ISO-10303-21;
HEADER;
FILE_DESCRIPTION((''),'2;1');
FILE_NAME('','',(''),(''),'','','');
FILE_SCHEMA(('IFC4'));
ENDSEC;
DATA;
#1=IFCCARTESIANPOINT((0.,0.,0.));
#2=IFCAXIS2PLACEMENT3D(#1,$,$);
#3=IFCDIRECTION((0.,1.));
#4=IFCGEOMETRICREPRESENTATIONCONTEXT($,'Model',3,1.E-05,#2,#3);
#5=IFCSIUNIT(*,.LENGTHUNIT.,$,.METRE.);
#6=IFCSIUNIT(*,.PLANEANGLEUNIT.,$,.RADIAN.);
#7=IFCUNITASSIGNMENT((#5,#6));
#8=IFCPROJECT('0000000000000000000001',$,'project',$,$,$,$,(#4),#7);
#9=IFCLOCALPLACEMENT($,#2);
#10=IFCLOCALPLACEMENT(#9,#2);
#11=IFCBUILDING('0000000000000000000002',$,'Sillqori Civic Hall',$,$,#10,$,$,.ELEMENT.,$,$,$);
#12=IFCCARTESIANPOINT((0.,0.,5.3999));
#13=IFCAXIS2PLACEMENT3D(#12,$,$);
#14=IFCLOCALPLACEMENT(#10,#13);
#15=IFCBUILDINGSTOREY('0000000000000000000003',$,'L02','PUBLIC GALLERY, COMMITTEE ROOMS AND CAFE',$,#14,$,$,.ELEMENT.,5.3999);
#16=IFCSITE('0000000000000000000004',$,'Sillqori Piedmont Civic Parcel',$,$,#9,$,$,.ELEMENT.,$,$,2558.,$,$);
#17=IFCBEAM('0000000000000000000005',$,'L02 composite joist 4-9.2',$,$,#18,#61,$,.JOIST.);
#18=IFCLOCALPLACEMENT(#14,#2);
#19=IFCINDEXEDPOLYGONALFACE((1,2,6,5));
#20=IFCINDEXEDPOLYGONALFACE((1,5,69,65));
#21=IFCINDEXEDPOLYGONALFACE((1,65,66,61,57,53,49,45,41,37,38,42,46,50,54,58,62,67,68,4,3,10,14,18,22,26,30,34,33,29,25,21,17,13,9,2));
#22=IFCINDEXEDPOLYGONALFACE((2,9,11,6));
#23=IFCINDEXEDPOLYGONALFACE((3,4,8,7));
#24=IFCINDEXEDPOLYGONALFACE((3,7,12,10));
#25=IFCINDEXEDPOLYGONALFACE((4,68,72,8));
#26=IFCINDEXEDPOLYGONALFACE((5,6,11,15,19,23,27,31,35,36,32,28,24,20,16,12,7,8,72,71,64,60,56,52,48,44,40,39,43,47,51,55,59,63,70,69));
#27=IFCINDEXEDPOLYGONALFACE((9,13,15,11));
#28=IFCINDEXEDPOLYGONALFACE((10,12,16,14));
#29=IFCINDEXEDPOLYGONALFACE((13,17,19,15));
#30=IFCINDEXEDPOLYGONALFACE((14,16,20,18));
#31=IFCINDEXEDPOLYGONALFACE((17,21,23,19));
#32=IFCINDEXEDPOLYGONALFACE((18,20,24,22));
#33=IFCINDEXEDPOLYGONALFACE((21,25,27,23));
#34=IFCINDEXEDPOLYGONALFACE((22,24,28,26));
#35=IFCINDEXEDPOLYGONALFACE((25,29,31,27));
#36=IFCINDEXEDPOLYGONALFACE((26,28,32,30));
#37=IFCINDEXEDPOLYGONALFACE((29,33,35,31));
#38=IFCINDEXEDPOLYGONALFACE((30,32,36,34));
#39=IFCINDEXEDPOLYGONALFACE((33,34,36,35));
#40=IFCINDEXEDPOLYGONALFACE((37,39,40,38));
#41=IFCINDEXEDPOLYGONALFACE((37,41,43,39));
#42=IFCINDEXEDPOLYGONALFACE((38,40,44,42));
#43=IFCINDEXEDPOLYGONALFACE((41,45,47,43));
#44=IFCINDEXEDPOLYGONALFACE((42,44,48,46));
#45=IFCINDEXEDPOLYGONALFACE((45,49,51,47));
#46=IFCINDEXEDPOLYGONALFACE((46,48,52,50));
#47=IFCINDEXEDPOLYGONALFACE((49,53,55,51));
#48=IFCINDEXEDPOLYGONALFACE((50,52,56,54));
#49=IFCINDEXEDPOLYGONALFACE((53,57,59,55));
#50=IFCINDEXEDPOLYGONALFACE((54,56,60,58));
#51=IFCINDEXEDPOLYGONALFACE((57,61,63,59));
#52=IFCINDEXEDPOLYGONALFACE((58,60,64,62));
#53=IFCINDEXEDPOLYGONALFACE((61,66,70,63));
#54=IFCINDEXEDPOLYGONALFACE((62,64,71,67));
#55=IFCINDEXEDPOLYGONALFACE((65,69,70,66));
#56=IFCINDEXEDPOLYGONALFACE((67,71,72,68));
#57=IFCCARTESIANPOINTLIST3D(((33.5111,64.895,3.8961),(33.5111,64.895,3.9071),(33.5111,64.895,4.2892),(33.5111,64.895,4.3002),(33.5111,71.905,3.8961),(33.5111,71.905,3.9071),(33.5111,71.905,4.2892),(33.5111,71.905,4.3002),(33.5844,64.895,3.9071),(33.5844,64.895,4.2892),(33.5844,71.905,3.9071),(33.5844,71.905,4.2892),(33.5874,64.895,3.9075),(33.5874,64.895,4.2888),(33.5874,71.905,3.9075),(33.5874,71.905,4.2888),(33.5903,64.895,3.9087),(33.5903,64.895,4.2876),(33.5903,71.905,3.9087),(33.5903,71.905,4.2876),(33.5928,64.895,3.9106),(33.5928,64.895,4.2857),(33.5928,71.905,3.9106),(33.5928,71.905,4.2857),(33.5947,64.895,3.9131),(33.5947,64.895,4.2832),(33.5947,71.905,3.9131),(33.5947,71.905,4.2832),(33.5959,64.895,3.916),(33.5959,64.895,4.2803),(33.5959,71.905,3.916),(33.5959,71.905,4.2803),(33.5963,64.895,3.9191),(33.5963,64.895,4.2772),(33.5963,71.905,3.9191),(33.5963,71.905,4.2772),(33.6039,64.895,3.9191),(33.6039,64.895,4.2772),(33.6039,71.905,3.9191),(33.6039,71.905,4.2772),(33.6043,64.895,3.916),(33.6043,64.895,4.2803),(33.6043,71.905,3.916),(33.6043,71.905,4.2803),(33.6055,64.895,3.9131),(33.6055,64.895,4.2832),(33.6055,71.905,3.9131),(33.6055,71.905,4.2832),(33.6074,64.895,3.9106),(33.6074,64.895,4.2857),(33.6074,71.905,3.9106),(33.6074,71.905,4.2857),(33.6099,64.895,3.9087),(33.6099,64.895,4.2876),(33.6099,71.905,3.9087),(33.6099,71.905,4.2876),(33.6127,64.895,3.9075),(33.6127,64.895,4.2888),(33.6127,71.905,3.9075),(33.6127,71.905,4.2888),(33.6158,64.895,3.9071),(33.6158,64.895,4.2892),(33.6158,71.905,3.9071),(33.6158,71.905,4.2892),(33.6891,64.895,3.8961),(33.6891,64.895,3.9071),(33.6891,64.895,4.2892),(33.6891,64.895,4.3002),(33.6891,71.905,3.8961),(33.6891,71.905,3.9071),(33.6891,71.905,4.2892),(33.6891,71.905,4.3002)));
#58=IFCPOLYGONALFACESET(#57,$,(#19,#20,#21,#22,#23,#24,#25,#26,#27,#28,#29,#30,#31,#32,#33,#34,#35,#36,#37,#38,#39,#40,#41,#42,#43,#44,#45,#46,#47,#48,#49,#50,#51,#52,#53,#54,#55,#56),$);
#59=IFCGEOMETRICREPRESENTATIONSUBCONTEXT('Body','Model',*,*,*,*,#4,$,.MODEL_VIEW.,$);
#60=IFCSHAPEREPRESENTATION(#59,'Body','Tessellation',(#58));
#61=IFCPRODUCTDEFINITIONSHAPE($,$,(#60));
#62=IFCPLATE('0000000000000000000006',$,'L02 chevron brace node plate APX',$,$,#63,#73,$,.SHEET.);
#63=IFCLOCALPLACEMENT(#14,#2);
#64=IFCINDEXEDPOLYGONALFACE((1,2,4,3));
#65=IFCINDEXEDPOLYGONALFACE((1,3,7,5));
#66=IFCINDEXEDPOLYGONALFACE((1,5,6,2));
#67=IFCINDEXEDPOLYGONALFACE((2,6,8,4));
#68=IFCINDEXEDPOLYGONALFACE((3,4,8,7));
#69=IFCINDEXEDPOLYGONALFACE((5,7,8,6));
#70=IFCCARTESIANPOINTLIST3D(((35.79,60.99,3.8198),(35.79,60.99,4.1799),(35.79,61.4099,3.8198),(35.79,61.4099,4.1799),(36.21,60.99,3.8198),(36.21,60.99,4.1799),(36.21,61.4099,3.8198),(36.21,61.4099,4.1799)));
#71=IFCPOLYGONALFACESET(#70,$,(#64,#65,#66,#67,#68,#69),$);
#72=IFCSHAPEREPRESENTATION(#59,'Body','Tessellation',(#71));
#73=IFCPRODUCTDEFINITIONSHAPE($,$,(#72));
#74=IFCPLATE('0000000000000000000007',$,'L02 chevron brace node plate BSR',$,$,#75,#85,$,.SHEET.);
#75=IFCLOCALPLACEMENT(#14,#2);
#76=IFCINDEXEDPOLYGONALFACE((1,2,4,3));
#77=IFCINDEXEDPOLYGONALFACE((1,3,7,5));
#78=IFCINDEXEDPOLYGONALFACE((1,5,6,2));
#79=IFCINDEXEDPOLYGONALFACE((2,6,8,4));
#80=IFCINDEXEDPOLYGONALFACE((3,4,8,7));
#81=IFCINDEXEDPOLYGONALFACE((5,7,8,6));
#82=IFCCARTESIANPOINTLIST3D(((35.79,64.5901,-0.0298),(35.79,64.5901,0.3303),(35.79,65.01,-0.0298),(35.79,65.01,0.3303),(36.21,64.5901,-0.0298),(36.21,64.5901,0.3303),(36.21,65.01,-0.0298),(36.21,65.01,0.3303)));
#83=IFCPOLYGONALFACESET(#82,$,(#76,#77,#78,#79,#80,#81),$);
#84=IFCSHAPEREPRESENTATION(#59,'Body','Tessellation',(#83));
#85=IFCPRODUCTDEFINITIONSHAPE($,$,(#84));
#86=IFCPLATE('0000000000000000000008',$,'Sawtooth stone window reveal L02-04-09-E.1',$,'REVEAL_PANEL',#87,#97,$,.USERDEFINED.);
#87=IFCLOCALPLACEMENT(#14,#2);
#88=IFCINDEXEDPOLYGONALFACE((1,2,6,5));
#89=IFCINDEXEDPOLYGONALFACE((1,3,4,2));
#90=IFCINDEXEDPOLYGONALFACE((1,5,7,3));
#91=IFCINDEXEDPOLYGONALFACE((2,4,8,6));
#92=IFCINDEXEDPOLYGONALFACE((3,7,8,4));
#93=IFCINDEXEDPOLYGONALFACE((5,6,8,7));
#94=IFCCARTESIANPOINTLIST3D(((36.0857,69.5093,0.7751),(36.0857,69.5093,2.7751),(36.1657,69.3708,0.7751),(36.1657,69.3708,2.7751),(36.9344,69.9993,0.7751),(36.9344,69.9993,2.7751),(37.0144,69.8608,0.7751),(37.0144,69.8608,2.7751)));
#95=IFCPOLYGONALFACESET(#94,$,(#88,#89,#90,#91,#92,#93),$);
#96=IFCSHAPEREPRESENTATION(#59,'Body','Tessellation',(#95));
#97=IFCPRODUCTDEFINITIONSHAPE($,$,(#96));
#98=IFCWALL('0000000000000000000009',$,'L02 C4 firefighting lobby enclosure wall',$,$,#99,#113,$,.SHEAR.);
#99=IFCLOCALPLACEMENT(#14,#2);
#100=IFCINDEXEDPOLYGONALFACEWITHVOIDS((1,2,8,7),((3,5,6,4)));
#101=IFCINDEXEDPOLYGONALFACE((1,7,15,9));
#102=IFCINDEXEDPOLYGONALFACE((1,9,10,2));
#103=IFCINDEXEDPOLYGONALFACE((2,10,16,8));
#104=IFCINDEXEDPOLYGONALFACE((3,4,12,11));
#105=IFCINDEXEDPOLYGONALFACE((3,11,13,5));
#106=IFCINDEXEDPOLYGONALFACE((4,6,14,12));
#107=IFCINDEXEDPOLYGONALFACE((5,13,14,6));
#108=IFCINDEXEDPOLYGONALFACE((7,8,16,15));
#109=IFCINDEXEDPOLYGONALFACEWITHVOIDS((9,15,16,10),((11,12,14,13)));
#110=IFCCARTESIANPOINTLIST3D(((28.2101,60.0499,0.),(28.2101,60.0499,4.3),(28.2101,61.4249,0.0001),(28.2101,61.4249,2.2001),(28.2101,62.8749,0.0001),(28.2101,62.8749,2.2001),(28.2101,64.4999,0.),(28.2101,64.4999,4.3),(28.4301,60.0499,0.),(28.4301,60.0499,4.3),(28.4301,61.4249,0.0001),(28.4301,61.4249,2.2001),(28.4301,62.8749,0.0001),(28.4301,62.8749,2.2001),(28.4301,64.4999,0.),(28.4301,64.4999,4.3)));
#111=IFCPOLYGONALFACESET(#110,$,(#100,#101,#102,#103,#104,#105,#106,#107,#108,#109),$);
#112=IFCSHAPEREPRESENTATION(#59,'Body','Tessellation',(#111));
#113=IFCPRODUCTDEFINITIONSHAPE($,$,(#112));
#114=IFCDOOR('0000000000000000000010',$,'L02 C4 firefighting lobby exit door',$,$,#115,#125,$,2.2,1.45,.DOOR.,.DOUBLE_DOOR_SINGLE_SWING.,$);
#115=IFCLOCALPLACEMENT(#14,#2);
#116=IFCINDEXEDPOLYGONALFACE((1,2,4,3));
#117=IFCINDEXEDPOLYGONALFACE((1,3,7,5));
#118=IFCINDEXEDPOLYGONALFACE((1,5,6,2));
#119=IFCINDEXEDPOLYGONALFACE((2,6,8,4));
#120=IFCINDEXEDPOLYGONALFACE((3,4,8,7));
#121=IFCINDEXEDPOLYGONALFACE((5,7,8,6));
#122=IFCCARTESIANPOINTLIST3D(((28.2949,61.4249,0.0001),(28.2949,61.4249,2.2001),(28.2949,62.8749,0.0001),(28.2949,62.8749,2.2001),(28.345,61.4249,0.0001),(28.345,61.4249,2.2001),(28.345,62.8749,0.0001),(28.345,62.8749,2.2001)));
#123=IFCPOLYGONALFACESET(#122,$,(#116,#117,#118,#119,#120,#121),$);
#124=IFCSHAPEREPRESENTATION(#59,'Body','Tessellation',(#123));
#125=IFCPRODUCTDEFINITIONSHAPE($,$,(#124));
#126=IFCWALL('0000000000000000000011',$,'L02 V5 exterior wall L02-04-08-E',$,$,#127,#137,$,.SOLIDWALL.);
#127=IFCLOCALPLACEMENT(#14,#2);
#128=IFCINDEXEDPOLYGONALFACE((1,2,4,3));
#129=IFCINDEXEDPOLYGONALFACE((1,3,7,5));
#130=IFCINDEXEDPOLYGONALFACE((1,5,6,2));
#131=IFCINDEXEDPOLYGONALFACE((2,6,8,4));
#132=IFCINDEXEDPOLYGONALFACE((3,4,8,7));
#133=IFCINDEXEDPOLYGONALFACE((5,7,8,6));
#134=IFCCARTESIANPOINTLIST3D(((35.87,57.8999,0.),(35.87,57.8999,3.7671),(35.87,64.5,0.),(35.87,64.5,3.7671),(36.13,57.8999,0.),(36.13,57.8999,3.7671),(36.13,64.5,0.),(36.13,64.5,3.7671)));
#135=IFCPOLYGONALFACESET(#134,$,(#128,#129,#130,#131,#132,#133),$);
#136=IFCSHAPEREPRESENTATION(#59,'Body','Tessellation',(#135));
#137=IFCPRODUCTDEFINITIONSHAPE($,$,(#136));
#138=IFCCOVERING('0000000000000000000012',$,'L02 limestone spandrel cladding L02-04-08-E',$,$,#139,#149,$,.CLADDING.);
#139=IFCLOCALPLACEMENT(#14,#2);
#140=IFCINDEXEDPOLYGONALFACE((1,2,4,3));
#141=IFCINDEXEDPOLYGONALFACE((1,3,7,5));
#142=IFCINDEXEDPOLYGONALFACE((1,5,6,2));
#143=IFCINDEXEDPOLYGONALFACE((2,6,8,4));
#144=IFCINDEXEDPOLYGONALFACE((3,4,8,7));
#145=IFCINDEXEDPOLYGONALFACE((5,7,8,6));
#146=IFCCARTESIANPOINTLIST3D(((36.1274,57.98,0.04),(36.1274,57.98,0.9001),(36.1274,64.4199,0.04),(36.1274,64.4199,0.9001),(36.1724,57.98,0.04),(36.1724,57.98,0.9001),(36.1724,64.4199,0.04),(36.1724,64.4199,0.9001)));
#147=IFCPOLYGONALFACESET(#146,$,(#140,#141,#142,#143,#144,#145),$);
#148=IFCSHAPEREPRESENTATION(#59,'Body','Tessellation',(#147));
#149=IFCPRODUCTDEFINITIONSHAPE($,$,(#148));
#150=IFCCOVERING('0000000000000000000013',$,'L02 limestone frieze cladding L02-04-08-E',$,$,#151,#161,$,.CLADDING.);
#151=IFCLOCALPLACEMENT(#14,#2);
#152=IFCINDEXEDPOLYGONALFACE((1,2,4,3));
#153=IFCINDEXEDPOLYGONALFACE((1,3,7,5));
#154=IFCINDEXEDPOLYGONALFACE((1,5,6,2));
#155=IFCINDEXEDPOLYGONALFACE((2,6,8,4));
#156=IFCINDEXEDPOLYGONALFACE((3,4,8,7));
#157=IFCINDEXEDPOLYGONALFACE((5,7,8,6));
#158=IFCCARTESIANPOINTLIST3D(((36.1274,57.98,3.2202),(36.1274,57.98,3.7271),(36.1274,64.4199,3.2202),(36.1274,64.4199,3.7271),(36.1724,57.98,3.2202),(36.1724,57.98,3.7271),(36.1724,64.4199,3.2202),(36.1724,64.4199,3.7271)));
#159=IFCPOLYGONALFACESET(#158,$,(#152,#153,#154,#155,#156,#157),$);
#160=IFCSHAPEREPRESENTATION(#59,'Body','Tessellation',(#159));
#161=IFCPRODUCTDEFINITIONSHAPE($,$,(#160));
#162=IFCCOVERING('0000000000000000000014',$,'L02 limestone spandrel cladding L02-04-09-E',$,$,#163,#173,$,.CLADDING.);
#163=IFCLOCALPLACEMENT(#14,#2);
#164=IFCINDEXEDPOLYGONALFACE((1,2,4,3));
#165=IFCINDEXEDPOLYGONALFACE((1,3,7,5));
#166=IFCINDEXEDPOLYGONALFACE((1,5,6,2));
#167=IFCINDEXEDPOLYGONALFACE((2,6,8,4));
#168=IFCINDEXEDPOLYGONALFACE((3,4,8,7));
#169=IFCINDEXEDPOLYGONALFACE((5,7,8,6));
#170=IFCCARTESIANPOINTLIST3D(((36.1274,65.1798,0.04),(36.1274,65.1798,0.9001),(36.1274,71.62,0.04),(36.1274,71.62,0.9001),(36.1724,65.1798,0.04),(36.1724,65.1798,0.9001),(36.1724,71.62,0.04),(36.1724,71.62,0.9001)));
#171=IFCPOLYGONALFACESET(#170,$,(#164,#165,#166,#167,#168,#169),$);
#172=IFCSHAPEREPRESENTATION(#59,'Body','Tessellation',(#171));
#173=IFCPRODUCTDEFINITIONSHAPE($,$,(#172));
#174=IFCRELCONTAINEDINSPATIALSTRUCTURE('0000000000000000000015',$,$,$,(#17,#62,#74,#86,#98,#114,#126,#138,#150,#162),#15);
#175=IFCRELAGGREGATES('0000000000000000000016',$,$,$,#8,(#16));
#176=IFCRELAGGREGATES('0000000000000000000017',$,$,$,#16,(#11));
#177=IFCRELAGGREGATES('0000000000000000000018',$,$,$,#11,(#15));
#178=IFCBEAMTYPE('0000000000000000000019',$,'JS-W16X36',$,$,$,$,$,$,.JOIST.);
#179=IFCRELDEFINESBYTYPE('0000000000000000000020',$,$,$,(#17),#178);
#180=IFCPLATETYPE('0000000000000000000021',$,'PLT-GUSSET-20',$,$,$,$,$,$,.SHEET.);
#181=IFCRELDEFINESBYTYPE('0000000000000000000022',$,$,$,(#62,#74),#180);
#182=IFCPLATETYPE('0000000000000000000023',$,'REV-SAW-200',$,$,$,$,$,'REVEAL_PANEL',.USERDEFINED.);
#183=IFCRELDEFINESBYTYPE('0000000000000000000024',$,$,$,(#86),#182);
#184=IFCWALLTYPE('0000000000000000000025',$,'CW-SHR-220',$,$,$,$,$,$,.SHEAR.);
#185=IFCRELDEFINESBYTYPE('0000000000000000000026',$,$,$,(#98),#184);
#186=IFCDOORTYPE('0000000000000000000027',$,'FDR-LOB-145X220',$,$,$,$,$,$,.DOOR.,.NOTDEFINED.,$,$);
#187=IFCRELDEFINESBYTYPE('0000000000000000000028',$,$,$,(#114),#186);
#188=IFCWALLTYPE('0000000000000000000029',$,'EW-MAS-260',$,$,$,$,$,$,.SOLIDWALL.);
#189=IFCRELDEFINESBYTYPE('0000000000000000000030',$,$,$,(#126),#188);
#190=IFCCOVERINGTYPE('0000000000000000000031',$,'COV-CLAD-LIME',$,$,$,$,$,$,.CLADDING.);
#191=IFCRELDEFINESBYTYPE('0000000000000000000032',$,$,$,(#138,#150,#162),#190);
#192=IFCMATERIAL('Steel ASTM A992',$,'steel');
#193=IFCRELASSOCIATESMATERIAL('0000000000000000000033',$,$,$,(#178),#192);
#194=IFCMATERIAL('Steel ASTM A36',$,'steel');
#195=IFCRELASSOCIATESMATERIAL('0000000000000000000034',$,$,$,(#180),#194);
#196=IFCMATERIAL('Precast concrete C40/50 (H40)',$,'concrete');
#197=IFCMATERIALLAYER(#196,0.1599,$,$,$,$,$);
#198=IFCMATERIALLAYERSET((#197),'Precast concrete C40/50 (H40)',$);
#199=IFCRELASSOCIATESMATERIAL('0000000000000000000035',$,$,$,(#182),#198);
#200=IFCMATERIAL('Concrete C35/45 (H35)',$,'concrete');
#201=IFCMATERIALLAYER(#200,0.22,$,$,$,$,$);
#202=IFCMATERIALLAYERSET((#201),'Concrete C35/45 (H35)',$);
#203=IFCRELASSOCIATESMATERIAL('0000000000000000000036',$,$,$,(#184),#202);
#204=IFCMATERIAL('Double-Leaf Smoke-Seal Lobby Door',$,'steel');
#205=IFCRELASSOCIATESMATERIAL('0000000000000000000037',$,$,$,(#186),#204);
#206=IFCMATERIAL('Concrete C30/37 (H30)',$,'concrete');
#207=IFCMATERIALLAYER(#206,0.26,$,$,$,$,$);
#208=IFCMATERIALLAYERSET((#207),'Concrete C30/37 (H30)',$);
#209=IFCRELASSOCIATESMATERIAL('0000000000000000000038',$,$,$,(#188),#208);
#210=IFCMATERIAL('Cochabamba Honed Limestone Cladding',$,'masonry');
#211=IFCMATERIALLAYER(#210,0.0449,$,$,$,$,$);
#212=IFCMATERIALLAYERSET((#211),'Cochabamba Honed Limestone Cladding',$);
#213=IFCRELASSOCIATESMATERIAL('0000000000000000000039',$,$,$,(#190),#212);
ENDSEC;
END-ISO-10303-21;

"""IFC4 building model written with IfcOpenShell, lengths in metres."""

from ifc_helpers import new_model, si_unit, direction, frame, frame_2d, origin, origin_2d, place, context, subcontext, project, spatial, rectangle, i_section, extrude, material, layer, layer_set, material_profile, profile_set, type_object, element, fill, save


model = new_model("IFC4")

# Units and contexts
model_context = context("Model", 3, precision=1e-05, world=origin(), true_north=direction((0.0, 1.0)))
body_context = subcontext(model_context, "Body", "Model", "MODEL_VIEW")
ifc_project = project(units=[si_unit("LENGTHUNIT", "METRE"), si_unit("PLANEANGLEUNIT", "RADIAN")], contexts=[model_context])

# Site, building, storey
site_placement = place(None, origin())
site = spatial("IfcSite", under=ifc_project, at=site_placement, Name="Sillqori Piedmont Civic Parcel", CompositionType="ELEMENT", RefElevation=2558.0)
building_placement = place(site_placement, origin())
building = spatial("IfcBuilding", under=site, at=building_placement, Name="Sillqori Civic Hall", CompositionType="ELEMENT")
storey_placement = place(building_placement, frame((0.0, 0.0, 5.3999)))
storey = spatial("IfcBuildingStorey", under=building, at=storey_placement, Name="L02", Description="PUBLIC GALLERY, COMMITTEE ROOMS AND CAFE", CompositionType="ELEMENT", Elevation=5.3999)

# Shared definitions
ifc_material_1 = material(Name="Concrete C35/45 (H35)", Category="concrete")
ifc_material_2 = material(Name="Steel ASTM A992", Category="steel")

# Beam
ifc_material_profile_1 = material_profile(ifc_material_2, i_section(OverallWidth=0.178, OverallDepth=0.4041, WebThickness=0.0076, FlangeThickness=0.011, FilletRadius=0.012, at=origin_2d()), Name="W16X36")
ifc_profile_set_1 = profile_set([ifc_material_profile_1], Name="Steel ASTM A992")
beam_type_1 = type_object("IfcBeamType", Name="JS-W16X36", PredefinedType="JOIST", material=ifc_profile_set_1)
for number, where, z_axis, x_axis, name in (
    (1, (33.6001, 64.895, 4.0981), (0.0, 1.0, 0.0), (-1.0, 0.0, 0.0), "L02 composite joist 4-9.2"),
):
    element("IfcBeam", number, at=place(storey_placement, frame(where, z_axis=z_axis, x_axis=x_axis)), inside=storey, type_object=beam_type_1, Name=name, PredefinedType="JOIST", context=body_context, shape_type="SweptSolid", body=[
        extrude(i_section(OverallWidth=0.178, OverallDepth=0.4041, WebThickness=0.0076, FlangeThickness=0.011, FilletRadius=0.012, at=origin_2d()), origin(), (0.0, 0.0, 1.0), 7.01),
    ])

# Plates
ifc_material_3 = material(Name="Steel ASTM A36", Category="steel")
plate_type_1 = type_object("IfcPlateType", Name="PLT-GUSSET-20", PredefinedType="SHEET", material=ifc_material_3)
for number, where, z_axis, x_axis, name in (
    (2, (36.0, 61.2, 3.8198), (0.0, 0.0, 1.0), (1.0, 0.0, 0.0), "L02 chevron brace node plate APX"),
    (3, (36.0, 64.8, -0.0298), (0.0, 0.0, 1.0), (1.0, 0.0, 0.0), "L02 chevron brace node plate BSR"),
):
    element("IfcPlate", number, at=place(storey_placement, frame(where, z_axis=z_axis, x_axis=x_axis)), inside=storey, type_object=plate_type_1, Name=name, PredefinedType="SHEET", context=body_context, shape_type="SweptSolid", body=[
        extrude(rectangle(XDim=0.4199, YDim=0.4199, at=origin_2d()), origin(), (0.0, 0.0, 1.0), 0.3601),
    ])
ifc_material_4 = material(Name="Precast concrete C40/50 (H40)", Category="concrete")
ifc_layer_1 = layer(ifc_material_4, 0.1599)
ifc_layer_set_1 = layer_set([ifc_layer_1], Name="Precast concrete C40/50 (H40)")
plate_type_2 = type_object("IfcPlateType", Name="REV-SAW-200", ElementType="REVEAL_PANEL", PredefinedType="USERDEFINED", material=ifc_layer_set_1)
plate_placement = place(storey_placement, frame((36.55, 69.6851, 0.7751), z_axis=(0.0, 0.0, 1.0), x_axis=(0.5, -0.866025, 0.0)))
element("IfcPlate", 4, at=plate_placement, inside=storey, type_object=plate_type_2, Name="Sawtooth stone window reveal L02-04-09-E.1", ObjectType="REVEAL_PANEL", PredefinedType="USERDEFINED", context=body_context, shape_type="SweptSolid", body=[
    extrude(rectangle(XDim=0.1599, YDim=0.98, at=origin_2d()), origin(), (0.0, 0.0, 1.0), 2.0),
])

# Wall, opening, door
ifc_layer_2 = layer(ifc_material_1, 0.22)
ifc_layer_set_2 = layer_set([ifc_layer_2], Name="Concrete C35/45 (H35)")
wall_type_1 = type_object("IfcWallType", Name="CW-SHR-220", PredefinedType="SHEAR", material=ifc_layer_set_2)
wall_1_placement = place(storey_placement, frame((28.3201, 64.5, 0.0), z_axis=(0.0, 0.0, 1.0), x_axis=(0.0, -1.0, 0.0)))
wall_1 = element("IfcWall", 5, at=wall_1_placement, inside=storey, type_object=wall_type_1, Name="L02 C4 firefighting lobby enclosure wall", PredefinedType="SHEAR", context=body_context, shape_type="SweptSolid", body=[
    extrude(rectangle(XDim=4.45, YDim=0.22, at=frame_2d((2.2251, 0.0))), origin(), (0.0, 0.0, 1.0), 4.3),
])
opening_placement = place(wall_1_placement, frame((1.625, 0.0, 0.0)))
opening = element("IfcOpeningElement", 6, at=opening_placement, cuts=wall_1, PredefinedType="OPENING", context=body_context, shape_type="SweptSolid", body=[
    extrude(rectangle(XDim=1.45, YDim=2.2, at=frame_2d((0.7251, 1.1001))), frame((0.0, 0.1199, 0.0), z_axis=(0.0, -1.0, 0.0), x_axis=(1.0, 0.0, 0.0)), (0.0, 0.0, 1.0), 0.24),
])
ifc_material_5 = material(Name="Double-Leaf Smoke-Seal Lobby Door", Category="steel")
door_type = type_object("IfcDoorType", Name="FDR-LOB-145X220", OperationType="NOTDEFINED", PredefinedType="DOOR", material=ifc_material_5)
door_placement = place(opening_placement, origin())
door = element("IfcDoor", 7, at=door_placement, inside=storey, type_object=door_type, Name="L02 C4 firefighting lobby exit door", OperationType="DOUBLE_DOOR_SINGLE_SWING", OverallHeight=2.2, OverallWidth=1.45, PredefinedType="DOOR", context=body_context, shape_type="SweptSolid", body=[
    extrude(rectangle(XDim=1.45, YDim=2.2, at=frame_2d((0.7251, 1.1001))), frame((0.0, 0.0249, 0.0), z_axis=(0.0, -1.0, 0.0), x_axis=(1.0, 0.0, 0.0)), (0.0, 0.0, 1.0), 0.05),
])
fill(opening, door)

# Wall
ifc_material_6 = material(Name="Concrete C30/37 (H30)", Category="concrete")
ifc_layer_3 = layer(ifc_material_6, 0.26)
ifc_layer_set_3 = layer_set([ifc_layer_3], Name="Concrete C30/37 (H30)")
wall_type_2 = type_object("IfcWallType", Name="EW-MAS-260", PredefinedType="SOLIDWALL", material=ifc_layer_set_3)
wall_2_placement = place(storey_placement, frame((36.0, 64.5, 0.0), z_axis=(0.0, 0.0, 1.0), x_axis=(0.0, -1.0, 0.0)))
element("IfcWall", 8, at=wall_2_placement, inside=storey, type_object=wall_type_2, Name="L02 V5 exterior wall L02-04-08-E", PredefinedType="SOLIDWALL", context=body_context, shape_type="SweptSolid", body=[
    extrude(rectangle(XDim=6.6001, YDim=0.26, at=frame_2d((3.3, 0.0))), origin(), (0.0, 0.0, 1.0), 3.7671),
])

# Coverings
ifc_material_7 = material(Name="Cochabamba Honed Limestone Cladding", Category="masonry")
ifc_layer_4 = layer(ifc_material_7, 0.0449)
ifc_layer_set_4 = layer_set([ifc_layer_4], Name="Cochabamba Honed Limestone Cladding")
covering_type = type_object("IfcCoveringType", Name="COV-CLAD-LIME", PredefinedType="CLADDING", material=ifc_layer_set_4)
covering_1_placement = place(storey_placement, frame((36.1499, 64.4199, 0.04), z_axis=(0.0, 0.0, 1.0), x_axis=(0.0, -1.0, 0.0)))
element("IfcCovering", 9, at=covering_1_placement, inside=storey, type_object=covering_type, Name="L02 limestone spandrel cladding L02-04-08-E", PredefinedType="CLADDING", context=body_context, shape_type="SweptSolid", body=[
    extrude(rectangle(XDim=6.4399, YDim=0.0449, at=frame_2d((3.22, 0.0))), origin(), (0.0, 0.0, 1.0), 0.8601),
])
covering_2_placement = place(storey_placement, frame((36.1499, 64.4199, 3.2202), z_axis=(0.0, 0.0, 1.0), x_axis=(0.0, -1.0, 0.0)))
element("IfcCovering", 10, at=covering_2_placement, inside=storey, type_object=covering_type, Name="L02 limestone frieze cladding L02-04-08-E", PredefinedType="CLADDING", context=body_context, shape_type="SweptSolid", body=[
    extrude(rectangle(XDim=6.4399, YDim=0.0449, at=frame_2d((3.22, 0.0))), origin(), (0.0, 0.0, 1.0), 0.5068),
])
covering_3_placement = place(storey_placement, frame((36.1499, 71.6201, 0.04), z_axis=(0.0, 0.0, 1.0), x_axis=(0.0, -1.0, 0.0)))
element("IfcCovering", 11, at=covering_3_placement, inside=storey, type_object=covering_type, Name="L02 limestone spandrel cladding L02-04-09-E", PredefinedType="CLADDING", context=body_context, shape_type="SweptSolid", body=[
    extrude(rectangle(XDim=6.4402, YDim=0.0449, at=frame_2d((3.2202, 0.0))), origin(), (0.0, 0.0, 1.0), 0.8601),
])

save(model, "model.ifc")
